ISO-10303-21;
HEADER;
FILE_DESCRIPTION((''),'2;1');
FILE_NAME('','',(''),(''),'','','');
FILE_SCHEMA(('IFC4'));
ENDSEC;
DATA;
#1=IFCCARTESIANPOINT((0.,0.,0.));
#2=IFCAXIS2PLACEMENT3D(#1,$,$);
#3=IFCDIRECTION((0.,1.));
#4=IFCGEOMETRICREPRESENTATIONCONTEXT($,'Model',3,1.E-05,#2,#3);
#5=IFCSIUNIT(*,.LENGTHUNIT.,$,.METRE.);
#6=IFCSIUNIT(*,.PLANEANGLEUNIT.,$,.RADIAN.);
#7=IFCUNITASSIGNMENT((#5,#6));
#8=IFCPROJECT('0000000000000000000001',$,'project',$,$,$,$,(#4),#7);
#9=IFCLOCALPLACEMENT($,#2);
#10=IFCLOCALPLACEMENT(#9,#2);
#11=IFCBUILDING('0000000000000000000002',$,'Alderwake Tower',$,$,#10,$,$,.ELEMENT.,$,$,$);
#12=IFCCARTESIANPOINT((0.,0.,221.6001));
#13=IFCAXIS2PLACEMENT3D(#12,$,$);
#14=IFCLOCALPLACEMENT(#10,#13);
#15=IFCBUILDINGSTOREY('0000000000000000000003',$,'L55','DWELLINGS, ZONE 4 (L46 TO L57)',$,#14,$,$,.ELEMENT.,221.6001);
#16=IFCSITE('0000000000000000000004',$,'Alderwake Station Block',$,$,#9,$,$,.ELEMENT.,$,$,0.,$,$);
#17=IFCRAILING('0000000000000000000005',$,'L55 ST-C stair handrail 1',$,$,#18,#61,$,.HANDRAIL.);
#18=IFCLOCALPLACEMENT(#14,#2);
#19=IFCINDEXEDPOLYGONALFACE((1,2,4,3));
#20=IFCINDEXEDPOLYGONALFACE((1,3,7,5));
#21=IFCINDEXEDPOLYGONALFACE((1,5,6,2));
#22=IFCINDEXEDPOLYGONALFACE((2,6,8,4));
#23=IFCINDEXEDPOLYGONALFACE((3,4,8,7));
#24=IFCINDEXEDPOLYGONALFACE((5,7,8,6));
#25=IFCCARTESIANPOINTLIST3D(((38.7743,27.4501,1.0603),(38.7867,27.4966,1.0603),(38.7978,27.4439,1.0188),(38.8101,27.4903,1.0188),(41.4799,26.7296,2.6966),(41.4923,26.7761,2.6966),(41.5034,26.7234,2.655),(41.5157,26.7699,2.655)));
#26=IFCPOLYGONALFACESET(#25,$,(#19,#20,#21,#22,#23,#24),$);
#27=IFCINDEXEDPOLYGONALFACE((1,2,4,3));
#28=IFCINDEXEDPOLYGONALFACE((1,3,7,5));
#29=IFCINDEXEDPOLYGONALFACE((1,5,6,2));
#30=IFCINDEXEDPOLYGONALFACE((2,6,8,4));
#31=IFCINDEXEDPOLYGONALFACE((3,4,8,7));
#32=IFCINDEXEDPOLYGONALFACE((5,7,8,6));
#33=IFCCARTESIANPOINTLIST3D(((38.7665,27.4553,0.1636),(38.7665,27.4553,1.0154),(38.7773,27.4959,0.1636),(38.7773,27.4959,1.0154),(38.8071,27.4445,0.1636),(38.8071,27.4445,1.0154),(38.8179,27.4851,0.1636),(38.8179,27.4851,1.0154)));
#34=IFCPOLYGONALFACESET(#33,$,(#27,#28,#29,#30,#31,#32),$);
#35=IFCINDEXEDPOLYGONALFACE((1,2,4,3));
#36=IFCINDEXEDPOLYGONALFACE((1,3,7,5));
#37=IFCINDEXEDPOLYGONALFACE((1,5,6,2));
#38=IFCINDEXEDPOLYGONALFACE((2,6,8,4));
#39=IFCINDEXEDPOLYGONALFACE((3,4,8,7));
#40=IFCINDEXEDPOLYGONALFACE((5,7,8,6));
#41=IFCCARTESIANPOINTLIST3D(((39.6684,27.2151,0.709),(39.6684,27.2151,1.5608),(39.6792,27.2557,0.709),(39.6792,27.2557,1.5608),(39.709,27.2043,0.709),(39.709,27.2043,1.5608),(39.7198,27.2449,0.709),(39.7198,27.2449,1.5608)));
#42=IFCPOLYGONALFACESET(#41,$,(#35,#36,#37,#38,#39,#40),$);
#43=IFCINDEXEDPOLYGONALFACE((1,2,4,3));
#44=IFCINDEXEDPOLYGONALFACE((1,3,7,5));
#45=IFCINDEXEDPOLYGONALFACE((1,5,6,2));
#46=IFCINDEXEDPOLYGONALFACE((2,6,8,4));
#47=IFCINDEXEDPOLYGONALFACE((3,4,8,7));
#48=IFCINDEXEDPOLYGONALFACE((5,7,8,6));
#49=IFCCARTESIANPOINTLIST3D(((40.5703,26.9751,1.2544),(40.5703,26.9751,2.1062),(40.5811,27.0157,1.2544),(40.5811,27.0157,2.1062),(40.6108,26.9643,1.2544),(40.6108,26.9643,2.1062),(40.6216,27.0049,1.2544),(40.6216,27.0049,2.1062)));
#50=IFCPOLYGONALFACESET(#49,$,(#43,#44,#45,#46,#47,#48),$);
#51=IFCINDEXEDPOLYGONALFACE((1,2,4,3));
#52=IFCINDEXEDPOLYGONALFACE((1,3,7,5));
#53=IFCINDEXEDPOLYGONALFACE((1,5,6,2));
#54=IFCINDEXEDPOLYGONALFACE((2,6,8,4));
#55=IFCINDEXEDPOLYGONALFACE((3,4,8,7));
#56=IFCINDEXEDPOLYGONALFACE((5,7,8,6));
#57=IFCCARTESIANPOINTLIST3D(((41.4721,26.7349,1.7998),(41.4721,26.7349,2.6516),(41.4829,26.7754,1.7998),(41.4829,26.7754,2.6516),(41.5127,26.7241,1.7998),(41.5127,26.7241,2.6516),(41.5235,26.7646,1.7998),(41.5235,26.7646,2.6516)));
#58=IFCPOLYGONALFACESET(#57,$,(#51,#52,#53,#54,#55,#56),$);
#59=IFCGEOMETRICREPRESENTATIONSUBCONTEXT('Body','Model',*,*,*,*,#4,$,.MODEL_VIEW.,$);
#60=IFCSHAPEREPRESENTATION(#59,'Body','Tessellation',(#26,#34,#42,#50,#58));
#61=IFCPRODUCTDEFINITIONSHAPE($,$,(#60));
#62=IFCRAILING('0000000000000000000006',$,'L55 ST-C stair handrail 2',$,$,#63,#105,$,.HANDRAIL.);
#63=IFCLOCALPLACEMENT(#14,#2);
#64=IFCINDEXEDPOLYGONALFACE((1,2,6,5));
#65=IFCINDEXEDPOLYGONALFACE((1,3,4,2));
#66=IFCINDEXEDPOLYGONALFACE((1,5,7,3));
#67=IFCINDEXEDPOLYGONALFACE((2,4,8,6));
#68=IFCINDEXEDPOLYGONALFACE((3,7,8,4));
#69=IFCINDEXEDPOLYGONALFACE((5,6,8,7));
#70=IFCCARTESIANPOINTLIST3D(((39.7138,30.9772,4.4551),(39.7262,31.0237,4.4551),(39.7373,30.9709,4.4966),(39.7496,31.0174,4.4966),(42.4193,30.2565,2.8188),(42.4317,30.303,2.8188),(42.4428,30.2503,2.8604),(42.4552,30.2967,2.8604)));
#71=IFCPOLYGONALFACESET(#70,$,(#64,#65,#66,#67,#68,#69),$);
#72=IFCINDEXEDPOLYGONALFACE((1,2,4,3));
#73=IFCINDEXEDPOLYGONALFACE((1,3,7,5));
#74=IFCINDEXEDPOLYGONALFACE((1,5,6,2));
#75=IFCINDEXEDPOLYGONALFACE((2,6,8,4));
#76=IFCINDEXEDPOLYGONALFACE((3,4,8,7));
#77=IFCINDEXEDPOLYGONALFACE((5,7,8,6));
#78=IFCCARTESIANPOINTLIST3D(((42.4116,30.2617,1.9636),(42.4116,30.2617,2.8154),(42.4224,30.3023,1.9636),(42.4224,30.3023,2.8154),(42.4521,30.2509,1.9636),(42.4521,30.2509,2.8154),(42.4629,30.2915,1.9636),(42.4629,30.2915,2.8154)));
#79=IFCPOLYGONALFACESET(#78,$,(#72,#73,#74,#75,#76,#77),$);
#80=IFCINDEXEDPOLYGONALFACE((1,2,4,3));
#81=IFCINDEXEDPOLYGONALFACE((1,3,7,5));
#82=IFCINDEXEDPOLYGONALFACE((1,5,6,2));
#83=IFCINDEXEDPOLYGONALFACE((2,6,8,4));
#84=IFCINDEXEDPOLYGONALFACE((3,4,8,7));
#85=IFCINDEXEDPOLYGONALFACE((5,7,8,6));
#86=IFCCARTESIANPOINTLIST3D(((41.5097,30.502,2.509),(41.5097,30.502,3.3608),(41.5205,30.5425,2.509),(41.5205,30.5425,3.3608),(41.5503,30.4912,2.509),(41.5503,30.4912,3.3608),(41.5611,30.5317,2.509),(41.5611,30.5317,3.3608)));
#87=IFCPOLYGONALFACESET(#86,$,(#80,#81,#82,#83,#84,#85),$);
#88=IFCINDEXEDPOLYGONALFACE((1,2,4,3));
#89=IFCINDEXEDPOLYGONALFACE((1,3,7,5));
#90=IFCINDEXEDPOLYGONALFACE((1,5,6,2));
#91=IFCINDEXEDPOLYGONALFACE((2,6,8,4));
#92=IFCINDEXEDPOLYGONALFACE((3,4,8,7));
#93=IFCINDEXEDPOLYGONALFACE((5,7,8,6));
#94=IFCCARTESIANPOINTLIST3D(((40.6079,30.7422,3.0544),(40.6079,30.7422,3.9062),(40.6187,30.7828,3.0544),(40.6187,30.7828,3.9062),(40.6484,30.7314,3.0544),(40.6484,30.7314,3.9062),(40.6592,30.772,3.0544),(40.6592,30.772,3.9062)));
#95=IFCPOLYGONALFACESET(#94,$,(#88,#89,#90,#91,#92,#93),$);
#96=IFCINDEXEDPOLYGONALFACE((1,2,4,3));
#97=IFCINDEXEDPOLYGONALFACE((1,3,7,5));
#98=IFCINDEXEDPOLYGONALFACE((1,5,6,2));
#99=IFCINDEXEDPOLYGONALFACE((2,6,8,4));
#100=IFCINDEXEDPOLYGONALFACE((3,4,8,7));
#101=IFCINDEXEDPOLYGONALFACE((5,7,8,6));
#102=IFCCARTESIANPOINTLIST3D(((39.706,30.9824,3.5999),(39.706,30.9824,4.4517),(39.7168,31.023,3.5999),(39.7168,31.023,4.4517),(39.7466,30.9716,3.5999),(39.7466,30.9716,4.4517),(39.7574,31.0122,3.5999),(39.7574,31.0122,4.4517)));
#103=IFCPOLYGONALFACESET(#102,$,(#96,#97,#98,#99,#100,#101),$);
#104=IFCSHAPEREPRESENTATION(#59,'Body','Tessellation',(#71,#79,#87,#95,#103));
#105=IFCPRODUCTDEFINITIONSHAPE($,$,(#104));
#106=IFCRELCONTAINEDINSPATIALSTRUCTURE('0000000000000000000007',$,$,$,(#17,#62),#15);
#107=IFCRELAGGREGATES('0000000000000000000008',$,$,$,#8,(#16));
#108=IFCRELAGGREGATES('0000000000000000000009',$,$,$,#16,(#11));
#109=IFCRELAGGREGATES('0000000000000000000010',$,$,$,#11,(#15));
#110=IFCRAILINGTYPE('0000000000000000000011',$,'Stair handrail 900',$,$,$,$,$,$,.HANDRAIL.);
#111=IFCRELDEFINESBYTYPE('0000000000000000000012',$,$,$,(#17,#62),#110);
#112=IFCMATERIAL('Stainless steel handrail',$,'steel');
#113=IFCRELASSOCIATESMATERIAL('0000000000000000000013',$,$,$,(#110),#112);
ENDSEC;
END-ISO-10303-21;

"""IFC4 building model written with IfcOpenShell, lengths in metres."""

from ifc_helpers import new_model, si_unit, direction, frame, origin, origin_2d, place, context, subcontext, project, spatial, rectangle, extrude, material, type_object, element, save


model = new_model("IFC4")

# Units and contexts
model_context = context("Model", 3, precision=1e-05, world=origin(), true_north=direction((0.0, 1.0)))
body_context = subcontext(model_context, "Body", "Model", "MODEL_VIEW")
ifc_project = project(units=[si_unit("LENGTHUNIT", "METRE"), si_unit("PLANEANGLEUNIT", "RADIAN")], contexts=[model_context])

# Site, building, storey
site_placement = place(None, origin())
site = spatial("IfcSite", under=ifc_project, at=site_placement, Name="Alderwake Station Block", CompositionType="ELEMENT", RefElevation=0.0)
building_placement = place(site_placement, origin())
building = spatial("IfcBuilding", under=site, at=building_placement, Name="Alderwake Tower", CompositionType="ELEMENT")
storey_placement = place(building_placement, frame((0.0, 0.0, 221.6001)))
storey = spatial("IfcBuildingStorey", under=building, at=storey_placement, Name="L55", Description="DWELLINGS, ZONE 4 (L46 TO L57)", CompositionType="ELEMENT", Elevation=221.6001)

# Railings
ifc_material_1 = material(Name="Stainless steel handrail", Category="steel")
railing_type_1 = type_object("IfcRailingType", Name="Stair handrail 900", PredefinedType="HANDRAIL", material=ifc_material_1)
railing_1_placement = place(storey_placement, frame((38.7922, 27.4702, 0.1636)))
element("IfcRailing", 1, at=railing_1_placement, inside=storey, type_object=railing_type_1, Name="L55 ST-C stair handrail 1", PredefinedType="HANDRAIL", context=body_context, shape_type="SweptSolid", body=[
    extrude(rectangle(XDim=0.0481, YDim=0.0481, at=origin_2d()), frame((0.0, 0.0, 0.876), z_axis=(0.834305, -0.222165, 0.504558), x_axis=(0.257321, 0.966326, 0.0)), (0.0, 0.0, 1.0), 3.2429),
    extrude(rectangle(XDim=0.042, YDim=0.042, at=origin_2d()), frame((0.0, 0.0, 0.0), z_axis=(0.0, 0.0, 1.0), x_axis=(0.966326, -0.257321, 0.0)), (0.0, 0.0, 1.0), 0.8518),
    extrude(rectangle(XDim=0.042, YDim=0.042, at=origin_2d()), frame((0.9019, -0.2402, 0.5454), z_axis=(0.0, 0.0, 1.0), x_axis=(0.966326, -0.257321, 0.0)), (0.0, 0.0, 1.0), 0.8518),
    extrude(rectangle(XDim=0.042, YDim=0.042, at=origin_2d()), frame((1.8037, -0.4802, 1.0908), z_axis=(0.0, 0.0, 1.0), x_axis=(0.966326, -0.257321, 0.0)), (0.0, 0.0, 1.0), 0.8518),
    extrude(rectangle(XDim=0.042, YDim=0.042, at=origin_2d()), frame((2.7056, -0.7205, 1.6362), z_axis=(0.0, 0.0, 1.0), x_axis=(0.966326, -0.257321, 0.0)), (0.0, 0.0, 1.0), 0.8518),
])
railing_2_placement = place(storey_placement, frame((42.4373, 30.2766, 1.9636)))
element("IfcRailing", 2, at=railing_2_placement, inside=storey, type_object=railing_type_1, Name="L55 ST-C stair handrail 2", PredefinedType="HANDRAIL", context=body_context, shape_type="SweptSolid", body=[
    extrude(rectangle(XDim=0.0481, YDim=0.0481, at=origin_2d()), frame((0.0, 0.0, 0.876), z_axis=(-0.834291, 0.222237, 0.504549), x_axis=(-0.257402, -0.966304, 0.0)), (0.0, 0.0, 1.0), 3.2429),
    extrude(rectangle(XDim=0.042, YDim=0.042, at=origin_2d()), frame((0.0, 0.0, 0.0), z_axis=(0.0, 0.0, 1.0), x_axis=(-0.966304, 0.257402, 0.0)), (0.0, 0.0, 1.0), 0.8518),
    extrude(rectangle(XDim=0.042, YDim=0.042, at=origin_2d()), frame((-0.9019, 0.2402, 0.5454), z_axis=(0.0, 0.0, 1.0), x_axis=(-0.966304, 0.257402, 0.0)), (0.0, 0.0, 1.0), 0.8518),
    extrude(rectangle(XDim=0.042, YDim=0.042, at=origin_2d()), frame((-1.8037, 0.4805, 1.0908), z_axis=(0.0, 0.0, 1.0), x_axis=(-0.966304, 0.257402, 0.0)), (0.0, 0.0, 1.0), 0.8518),
    extrude(rectangle(XDim=0.042, YDim=0.042, at=origin_2d()), frame((-2.7056, 0.7207, 1.6362), z_axis=(0.0, 0.0, 1.0), x_axis=(-0.966304, 0.257402, 0.0)), (0.0, 0.0, 1.0), 0.8518),
])

save(model, "model.ifc")
